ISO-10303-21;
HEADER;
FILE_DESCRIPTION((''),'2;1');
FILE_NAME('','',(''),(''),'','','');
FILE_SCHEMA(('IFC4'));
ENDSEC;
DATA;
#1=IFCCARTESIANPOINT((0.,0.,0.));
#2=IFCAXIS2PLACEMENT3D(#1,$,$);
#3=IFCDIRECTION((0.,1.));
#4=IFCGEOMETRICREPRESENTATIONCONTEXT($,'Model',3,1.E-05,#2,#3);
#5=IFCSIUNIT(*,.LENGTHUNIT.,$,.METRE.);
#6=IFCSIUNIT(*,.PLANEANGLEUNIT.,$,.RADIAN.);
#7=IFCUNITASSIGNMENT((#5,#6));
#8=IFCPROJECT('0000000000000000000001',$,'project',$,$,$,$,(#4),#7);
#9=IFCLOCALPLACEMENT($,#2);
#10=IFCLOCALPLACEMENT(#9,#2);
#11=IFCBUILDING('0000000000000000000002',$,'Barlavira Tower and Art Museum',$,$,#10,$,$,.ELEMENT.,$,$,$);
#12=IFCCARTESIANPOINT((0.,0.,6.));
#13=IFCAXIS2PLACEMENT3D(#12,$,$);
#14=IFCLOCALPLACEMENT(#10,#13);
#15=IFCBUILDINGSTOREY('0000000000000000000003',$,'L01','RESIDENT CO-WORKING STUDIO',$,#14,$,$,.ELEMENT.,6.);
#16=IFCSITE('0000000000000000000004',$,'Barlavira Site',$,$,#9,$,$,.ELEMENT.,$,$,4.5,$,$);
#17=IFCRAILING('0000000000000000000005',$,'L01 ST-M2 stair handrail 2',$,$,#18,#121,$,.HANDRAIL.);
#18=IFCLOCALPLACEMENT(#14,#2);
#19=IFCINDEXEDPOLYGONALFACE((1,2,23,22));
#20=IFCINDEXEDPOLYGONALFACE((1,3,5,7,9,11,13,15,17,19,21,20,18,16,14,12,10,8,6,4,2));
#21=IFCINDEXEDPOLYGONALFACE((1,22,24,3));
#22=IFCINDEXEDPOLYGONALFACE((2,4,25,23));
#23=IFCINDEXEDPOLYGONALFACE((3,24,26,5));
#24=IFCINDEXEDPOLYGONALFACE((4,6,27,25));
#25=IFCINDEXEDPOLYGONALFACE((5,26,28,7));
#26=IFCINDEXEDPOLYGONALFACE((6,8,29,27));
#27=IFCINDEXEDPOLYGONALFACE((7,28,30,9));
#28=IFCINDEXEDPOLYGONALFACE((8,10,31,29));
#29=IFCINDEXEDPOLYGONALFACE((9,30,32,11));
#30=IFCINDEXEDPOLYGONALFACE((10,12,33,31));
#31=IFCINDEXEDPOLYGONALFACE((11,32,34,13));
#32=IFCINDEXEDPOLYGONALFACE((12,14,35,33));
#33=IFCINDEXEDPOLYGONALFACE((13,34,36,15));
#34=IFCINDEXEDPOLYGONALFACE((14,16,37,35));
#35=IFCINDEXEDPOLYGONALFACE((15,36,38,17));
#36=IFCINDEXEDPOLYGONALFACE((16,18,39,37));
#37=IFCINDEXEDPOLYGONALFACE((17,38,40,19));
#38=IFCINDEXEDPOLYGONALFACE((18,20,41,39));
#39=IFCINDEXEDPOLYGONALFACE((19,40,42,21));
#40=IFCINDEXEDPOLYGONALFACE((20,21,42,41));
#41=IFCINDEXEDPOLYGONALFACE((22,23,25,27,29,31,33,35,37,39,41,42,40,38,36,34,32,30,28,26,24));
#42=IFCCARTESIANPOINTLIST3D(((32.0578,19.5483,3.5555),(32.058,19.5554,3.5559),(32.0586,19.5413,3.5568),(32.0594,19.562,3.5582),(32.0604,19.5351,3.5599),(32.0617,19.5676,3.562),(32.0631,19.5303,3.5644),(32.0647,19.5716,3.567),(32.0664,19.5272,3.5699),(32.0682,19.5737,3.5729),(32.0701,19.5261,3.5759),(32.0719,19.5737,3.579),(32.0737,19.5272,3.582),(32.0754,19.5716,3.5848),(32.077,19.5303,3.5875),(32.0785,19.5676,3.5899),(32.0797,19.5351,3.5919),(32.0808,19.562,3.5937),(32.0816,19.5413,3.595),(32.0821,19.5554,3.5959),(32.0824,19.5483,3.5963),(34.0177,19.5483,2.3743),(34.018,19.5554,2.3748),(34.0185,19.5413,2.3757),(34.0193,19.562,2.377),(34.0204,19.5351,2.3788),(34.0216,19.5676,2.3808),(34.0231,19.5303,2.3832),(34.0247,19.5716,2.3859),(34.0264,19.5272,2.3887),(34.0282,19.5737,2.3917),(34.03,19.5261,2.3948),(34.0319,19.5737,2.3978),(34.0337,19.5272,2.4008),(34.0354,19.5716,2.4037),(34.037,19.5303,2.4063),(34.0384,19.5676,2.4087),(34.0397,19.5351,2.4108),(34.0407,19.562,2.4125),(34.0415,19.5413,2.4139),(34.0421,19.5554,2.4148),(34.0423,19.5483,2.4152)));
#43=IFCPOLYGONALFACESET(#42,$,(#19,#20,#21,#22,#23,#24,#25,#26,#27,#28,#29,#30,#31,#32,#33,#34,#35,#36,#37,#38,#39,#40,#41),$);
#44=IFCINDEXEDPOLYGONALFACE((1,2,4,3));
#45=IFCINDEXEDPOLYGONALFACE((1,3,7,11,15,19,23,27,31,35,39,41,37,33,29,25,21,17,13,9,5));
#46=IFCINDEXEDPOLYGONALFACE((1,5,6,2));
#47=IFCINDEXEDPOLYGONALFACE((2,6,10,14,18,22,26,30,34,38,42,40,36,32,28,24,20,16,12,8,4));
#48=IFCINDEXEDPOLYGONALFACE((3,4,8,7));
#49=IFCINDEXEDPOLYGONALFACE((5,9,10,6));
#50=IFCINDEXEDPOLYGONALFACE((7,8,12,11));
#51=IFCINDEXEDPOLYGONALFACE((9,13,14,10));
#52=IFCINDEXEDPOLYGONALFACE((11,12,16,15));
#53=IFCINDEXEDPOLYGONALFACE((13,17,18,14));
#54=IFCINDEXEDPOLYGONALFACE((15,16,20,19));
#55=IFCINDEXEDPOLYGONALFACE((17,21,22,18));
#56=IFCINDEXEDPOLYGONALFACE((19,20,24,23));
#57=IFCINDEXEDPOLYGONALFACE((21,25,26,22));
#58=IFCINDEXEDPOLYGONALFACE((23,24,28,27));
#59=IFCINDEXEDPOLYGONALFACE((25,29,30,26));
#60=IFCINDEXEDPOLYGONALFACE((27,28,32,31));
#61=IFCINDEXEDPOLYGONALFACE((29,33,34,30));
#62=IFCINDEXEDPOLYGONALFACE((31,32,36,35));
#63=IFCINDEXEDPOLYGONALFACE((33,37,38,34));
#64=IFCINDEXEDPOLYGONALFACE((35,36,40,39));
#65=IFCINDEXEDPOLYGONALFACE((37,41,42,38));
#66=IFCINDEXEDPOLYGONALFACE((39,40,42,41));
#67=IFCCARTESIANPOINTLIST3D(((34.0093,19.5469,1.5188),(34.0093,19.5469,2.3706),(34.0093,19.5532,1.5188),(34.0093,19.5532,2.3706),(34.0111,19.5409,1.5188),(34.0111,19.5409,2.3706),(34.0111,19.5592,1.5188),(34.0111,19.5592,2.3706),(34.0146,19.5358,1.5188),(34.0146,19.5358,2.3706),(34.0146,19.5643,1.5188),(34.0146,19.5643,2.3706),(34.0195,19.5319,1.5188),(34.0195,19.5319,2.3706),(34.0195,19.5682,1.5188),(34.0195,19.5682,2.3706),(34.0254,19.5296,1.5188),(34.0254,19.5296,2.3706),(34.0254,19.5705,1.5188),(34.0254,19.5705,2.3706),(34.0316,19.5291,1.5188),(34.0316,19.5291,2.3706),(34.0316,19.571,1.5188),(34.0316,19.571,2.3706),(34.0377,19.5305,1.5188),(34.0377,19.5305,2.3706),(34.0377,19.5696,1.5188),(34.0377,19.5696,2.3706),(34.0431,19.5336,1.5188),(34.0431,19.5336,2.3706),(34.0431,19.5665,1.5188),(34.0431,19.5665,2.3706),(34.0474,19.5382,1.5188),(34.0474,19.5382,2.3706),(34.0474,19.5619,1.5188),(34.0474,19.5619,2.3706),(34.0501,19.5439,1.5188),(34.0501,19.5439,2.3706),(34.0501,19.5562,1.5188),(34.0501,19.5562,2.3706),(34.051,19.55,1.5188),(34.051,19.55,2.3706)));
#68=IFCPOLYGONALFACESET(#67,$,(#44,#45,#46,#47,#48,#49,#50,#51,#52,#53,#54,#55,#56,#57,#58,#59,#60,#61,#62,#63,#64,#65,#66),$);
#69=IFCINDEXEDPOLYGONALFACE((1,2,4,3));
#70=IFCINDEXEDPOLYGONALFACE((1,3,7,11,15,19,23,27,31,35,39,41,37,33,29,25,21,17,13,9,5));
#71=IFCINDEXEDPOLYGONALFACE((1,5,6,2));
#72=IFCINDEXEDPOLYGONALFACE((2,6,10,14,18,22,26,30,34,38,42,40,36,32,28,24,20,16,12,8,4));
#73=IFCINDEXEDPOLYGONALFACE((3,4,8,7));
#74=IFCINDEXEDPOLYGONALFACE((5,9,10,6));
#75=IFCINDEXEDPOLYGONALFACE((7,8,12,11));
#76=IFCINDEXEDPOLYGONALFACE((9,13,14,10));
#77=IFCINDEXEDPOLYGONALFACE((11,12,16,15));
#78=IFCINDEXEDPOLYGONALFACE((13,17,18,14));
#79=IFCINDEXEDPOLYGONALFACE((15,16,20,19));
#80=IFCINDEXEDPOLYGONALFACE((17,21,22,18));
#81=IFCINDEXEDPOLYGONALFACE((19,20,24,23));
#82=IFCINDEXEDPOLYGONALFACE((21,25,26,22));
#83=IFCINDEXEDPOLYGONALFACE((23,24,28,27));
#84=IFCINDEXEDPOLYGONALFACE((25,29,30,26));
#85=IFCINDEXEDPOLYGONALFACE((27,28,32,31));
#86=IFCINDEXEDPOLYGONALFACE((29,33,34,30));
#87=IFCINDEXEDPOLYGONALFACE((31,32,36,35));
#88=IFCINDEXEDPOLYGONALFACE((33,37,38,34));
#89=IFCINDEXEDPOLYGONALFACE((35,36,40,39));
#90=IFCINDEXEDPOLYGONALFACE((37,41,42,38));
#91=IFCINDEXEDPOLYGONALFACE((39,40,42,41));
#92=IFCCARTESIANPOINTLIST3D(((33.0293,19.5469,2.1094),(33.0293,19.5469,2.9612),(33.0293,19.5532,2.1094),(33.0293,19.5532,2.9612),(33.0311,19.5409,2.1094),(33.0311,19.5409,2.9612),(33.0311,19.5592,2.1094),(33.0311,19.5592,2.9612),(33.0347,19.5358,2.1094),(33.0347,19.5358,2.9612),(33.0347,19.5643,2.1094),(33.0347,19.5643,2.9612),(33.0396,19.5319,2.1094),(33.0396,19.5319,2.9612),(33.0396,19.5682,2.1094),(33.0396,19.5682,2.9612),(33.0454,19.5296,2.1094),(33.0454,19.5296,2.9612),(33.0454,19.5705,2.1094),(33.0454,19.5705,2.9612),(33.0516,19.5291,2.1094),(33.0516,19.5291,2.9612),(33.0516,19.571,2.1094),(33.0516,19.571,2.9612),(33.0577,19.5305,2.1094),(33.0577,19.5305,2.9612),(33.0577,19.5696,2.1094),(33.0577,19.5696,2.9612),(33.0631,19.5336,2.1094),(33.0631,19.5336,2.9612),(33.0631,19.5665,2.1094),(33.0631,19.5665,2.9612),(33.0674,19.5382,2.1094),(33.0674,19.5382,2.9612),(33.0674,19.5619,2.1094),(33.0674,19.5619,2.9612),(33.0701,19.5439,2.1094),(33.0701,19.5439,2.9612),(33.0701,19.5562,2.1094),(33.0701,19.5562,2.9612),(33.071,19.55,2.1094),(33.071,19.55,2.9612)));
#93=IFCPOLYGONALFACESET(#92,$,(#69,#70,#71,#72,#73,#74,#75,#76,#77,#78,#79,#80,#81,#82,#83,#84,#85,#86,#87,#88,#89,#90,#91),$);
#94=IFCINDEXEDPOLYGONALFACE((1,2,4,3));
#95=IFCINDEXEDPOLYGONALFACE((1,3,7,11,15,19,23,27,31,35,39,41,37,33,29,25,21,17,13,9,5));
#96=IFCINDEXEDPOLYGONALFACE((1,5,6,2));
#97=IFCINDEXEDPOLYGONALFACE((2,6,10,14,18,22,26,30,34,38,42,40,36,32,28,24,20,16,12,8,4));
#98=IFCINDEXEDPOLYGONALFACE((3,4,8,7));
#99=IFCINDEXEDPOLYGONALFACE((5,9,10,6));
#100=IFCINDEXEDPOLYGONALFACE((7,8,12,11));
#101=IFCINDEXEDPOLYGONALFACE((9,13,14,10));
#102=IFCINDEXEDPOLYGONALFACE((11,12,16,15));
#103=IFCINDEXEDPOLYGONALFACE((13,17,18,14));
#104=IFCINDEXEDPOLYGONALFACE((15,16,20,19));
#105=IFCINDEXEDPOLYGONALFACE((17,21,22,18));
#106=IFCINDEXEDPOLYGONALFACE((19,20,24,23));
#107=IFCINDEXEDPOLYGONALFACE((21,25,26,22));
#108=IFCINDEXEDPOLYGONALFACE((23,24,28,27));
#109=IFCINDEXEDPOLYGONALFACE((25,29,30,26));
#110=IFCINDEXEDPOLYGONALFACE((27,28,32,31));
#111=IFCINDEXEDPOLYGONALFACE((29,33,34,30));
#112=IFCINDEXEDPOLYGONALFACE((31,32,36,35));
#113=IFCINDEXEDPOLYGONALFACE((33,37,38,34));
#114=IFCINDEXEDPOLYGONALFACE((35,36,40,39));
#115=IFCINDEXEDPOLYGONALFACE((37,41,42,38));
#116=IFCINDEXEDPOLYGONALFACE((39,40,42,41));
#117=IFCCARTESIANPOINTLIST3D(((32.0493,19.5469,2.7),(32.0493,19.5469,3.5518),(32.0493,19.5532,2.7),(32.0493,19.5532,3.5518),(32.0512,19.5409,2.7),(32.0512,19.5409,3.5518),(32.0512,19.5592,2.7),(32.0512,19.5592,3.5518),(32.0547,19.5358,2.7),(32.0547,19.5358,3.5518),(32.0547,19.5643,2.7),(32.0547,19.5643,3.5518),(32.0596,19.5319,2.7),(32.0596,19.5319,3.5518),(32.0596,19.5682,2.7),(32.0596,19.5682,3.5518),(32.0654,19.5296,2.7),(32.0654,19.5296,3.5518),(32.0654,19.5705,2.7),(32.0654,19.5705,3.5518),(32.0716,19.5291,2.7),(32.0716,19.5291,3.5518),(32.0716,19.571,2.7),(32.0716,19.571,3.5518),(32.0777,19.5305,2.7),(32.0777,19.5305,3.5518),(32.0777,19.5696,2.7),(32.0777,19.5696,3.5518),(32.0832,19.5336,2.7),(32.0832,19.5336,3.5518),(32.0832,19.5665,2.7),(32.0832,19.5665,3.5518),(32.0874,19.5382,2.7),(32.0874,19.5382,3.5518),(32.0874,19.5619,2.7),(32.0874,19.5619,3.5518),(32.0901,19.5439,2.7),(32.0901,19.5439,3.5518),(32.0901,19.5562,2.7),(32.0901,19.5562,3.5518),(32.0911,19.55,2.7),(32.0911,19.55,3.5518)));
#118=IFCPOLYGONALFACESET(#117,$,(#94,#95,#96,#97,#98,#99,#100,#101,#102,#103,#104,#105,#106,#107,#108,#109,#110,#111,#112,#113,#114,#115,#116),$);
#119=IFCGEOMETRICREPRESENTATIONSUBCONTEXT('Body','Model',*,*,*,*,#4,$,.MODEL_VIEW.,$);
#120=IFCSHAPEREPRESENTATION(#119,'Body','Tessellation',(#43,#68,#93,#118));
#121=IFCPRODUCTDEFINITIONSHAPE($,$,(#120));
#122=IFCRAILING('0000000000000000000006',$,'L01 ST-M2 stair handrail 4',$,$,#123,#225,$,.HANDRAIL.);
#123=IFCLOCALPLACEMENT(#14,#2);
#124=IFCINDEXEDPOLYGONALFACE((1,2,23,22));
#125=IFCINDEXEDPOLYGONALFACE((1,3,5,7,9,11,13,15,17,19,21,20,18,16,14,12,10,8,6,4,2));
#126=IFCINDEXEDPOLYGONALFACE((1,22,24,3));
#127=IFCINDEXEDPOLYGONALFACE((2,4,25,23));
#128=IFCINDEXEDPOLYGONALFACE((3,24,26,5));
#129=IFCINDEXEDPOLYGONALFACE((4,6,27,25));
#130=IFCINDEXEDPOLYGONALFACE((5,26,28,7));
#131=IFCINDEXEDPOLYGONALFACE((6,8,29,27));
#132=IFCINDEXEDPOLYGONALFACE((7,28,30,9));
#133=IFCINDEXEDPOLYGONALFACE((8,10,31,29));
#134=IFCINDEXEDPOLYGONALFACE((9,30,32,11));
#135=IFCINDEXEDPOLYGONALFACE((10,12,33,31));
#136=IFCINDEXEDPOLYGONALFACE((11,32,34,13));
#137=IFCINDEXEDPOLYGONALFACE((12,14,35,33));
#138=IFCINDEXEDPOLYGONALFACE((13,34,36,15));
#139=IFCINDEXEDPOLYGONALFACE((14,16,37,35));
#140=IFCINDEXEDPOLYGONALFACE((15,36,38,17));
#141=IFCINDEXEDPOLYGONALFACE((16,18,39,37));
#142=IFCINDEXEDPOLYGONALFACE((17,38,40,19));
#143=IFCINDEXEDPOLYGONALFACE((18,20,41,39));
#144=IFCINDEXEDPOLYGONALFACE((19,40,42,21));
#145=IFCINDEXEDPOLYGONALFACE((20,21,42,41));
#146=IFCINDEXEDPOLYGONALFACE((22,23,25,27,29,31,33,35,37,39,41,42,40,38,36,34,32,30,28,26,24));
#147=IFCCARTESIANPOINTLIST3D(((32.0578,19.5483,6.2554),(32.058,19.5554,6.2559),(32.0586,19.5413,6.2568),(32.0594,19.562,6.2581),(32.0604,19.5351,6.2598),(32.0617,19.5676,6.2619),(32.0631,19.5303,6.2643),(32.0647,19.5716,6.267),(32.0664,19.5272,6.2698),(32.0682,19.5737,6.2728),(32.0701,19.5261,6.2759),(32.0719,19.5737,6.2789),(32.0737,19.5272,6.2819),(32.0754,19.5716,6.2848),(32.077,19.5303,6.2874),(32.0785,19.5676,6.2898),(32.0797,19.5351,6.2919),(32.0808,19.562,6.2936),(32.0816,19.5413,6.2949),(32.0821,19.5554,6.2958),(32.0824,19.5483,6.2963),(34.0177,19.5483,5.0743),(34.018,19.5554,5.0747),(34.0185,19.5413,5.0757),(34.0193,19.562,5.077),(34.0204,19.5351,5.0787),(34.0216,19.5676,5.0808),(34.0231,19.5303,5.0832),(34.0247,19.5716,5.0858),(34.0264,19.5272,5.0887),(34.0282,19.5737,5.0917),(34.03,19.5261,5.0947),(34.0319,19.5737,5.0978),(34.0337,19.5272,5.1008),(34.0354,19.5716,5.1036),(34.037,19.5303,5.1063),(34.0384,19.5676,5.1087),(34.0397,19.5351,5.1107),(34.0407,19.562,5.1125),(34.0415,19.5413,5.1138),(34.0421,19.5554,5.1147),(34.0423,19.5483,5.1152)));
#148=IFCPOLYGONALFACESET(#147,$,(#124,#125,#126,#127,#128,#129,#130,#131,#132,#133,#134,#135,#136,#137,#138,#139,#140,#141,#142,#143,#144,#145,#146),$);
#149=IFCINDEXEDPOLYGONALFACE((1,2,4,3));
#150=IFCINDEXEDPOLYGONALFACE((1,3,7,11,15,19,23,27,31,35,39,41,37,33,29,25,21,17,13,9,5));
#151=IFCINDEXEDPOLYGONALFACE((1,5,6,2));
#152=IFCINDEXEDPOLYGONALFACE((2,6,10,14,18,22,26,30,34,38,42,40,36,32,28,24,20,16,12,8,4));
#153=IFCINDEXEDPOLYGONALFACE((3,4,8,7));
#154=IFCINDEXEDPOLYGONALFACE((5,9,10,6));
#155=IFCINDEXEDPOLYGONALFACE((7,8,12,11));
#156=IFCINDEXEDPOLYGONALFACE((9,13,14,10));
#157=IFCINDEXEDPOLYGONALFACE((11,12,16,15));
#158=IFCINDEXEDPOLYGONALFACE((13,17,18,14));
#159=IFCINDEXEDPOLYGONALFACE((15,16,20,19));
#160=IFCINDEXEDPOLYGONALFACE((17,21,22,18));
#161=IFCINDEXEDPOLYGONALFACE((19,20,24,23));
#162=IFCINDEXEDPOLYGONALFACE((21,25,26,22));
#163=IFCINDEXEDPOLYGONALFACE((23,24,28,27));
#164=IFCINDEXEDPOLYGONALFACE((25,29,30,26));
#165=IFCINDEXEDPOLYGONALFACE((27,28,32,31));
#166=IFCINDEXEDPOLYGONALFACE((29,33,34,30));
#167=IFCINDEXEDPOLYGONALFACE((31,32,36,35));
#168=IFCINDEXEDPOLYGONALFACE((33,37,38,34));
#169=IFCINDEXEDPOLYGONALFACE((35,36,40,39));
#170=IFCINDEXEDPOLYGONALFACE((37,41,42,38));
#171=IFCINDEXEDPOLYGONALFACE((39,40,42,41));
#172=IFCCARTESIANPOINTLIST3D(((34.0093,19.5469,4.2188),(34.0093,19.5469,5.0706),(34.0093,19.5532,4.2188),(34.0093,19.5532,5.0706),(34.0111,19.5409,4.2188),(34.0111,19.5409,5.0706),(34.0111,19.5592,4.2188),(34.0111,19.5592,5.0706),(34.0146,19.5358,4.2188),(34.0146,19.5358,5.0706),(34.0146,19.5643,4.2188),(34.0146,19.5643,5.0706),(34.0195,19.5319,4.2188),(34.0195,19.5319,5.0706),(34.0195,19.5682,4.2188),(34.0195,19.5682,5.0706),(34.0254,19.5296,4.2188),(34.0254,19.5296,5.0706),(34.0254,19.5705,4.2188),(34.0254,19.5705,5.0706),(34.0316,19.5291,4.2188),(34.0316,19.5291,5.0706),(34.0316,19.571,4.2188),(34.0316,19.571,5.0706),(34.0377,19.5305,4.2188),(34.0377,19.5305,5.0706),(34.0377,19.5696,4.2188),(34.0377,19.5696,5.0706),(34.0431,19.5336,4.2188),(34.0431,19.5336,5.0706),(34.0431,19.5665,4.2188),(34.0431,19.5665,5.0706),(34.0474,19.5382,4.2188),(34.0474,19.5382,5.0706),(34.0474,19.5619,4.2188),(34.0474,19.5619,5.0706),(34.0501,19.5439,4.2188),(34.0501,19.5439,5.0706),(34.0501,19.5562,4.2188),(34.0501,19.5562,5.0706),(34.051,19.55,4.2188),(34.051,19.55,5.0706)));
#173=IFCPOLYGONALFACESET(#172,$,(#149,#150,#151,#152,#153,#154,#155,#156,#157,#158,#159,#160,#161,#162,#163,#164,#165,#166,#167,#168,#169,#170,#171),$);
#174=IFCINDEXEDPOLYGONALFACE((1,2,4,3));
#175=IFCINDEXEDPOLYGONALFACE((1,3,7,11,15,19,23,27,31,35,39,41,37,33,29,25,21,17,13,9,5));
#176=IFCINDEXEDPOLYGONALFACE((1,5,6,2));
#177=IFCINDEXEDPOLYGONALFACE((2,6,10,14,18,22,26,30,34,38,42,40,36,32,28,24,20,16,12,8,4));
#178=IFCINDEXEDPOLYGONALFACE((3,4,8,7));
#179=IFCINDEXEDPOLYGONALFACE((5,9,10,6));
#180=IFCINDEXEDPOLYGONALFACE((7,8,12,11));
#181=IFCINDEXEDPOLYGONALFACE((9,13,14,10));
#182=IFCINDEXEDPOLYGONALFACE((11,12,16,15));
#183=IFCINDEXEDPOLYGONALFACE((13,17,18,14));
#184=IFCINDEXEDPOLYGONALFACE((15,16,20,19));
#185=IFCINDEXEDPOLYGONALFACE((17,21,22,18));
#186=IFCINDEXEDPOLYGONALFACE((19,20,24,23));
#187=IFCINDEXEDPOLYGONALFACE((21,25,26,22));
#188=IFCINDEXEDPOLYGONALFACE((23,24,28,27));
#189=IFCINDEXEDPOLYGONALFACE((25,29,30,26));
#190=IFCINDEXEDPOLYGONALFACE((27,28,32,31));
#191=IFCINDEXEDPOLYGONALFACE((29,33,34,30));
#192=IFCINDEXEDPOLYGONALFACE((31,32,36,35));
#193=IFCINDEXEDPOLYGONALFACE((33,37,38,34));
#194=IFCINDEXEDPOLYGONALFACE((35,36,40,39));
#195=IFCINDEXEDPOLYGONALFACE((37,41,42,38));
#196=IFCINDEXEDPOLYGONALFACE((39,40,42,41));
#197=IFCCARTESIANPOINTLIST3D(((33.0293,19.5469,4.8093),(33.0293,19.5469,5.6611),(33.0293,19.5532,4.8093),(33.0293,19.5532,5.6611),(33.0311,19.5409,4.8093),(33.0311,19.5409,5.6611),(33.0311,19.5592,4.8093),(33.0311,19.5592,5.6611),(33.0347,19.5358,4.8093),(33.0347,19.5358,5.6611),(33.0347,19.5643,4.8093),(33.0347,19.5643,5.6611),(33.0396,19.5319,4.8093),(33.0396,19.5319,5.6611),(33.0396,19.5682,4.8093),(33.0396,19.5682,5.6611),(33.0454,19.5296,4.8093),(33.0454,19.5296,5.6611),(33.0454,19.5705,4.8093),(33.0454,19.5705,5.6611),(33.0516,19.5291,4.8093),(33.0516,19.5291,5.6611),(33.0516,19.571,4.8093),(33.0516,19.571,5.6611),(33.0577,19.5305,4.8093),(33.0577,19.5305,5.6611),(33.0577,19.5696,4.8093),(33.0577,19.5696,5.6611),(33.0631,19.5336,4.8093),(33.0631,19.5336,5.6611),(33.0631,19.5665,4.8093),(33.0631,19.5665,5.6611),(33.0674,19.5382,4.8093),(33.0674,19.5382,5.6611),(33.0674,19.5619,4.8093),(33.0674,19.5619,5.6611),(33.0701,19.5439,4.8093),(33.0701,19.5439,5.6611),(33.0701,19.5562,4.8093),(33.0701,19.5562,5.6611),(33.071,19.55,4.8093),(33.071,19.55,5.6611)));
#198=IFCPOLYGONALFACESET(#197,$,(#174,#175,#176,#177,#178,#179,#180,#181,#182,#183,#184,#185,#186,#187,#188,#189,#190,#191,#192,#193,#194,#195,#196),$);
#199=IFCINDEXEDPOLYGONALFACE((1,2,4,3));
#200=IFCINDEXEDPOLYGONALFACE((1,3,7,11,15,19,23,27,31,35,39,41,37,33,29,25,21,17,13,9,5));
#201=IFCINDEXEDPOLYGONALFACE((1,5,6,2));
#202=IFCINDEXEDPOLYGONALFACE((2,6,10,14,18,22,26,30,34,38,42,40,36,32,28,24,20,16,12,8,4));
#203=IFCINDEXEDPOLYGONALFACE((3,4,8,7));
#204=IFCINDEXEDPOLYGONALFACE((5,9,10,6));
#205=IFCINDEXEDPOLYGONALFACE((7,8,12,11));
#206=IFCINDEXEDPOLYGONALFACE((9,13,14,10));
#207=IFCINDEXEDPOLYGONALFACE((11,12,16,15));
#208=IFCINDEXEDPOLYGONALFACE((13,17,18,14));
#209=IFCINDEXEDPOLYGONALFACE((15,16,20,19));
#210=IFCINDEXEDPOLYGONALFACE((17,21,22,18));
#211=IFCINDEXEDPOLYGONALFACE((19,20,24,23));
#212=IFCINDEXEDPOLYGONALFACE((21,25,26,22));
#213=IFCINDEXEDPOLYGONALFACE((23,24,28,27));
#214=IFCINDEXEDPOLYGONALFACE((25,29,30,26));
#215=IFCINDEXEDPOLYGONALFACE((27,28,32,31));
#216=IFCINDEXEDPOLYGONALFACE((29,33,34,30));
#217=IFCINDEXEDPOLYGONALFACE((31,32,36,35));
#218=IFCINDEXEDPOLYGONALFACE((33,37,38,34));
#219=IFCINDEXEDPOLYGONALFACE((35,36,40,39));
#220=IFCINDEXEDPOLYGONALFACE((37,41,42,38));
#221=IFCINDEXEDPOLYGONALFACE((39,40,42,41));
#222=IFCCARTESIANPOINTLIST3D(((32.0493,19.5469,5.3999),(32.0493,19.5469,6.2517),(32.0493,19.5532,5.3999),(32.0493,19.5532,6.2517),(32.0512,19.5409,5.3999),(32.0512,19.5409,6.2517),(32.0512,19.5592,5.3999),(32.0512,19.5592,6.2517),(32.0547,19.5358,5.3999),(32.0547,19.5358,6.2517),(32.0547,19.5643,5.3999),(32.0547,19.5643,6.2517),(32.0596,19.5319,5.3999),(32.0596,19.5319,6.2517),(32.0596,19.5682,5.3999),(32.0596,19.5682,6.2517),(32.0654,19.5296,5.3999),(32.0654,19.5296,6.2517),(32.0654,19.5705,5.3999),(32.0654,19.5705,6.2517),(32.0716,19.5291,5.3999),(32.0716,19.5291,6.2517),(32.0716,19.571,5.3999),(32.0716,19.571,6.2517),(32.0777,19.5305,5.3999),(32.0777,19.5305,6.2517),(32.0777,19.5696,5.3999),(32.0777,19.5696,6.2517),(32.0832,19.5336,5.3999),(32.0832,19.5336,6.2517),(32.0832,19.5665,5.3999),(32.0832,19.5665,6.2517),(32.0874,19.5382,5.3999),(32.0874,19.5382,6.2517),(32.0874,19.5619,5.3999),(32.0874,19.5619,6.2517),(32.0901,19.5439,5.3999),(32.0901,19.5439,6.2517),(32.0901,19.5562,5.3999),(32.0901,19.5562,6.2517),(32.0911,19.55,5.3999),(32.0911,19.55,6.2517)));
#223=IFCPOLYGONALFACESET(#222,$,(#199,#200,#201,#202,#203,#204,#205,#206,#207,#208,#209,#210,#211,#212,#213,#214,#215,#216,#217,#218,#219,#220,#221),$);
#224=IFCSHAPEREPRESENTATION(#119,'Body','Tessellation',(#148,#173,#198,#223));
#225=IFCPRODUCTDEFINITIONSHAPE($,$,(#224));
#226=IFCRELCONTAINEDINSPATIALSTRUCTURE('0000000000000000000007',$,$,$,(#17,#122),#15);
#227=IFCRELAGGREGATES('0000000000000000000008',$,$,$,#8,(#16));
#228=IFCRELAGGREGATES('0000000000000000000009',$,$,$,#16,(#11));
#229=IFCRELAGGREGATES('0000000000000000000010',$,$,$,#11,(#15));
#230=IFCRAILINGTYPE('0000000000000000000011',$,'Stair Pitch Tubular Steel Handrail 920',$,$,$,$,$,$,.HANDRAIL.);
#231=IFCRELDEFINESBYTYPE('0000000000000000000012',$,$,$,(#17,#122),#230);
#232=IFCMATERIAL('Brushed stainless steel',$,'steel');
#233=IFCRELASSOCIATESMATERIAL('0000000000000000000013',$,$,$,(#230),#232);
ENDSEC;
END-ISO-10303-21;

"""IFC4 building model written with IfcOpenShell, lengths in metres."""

from ifc_helpers import new_model, si_unit, direction, frame, origin, origin_2d, place, context, subcontext, project, spatial, circle, extrude, material, type_object, element, save


model = new_model("IFC4")

# Units and contexts
model_context = context("Model", 3, precision=1e-05, world=origin(), true_north=direction((0.0, 1.0)))
body_context = subcontext(model_context, "Body", "Model", "MODEL_VIEW")
ifc_project = project(units=[si_unit("LENGTHUNIT", "METRE"), si_unit("PLANEANGLEUNIT", "RADIAN")], contexts=[model_context])

# Site, building, storey
site_placement = place(None, origin())
site = spatial("IfcSite", under=ifc_project, at=site_placement, Name="Barlavira Site", CompositionType="ELEMENT", RefElevation=4.5)
building_placement = place(site_placement, origin())
building = spatial("IfcBuilding", under=site, at=building_placement, Name="Barlavira Tower and Art Museum", CompositionType="ELEMENT")
storey_placement = place(building_placement, frame((0.0, 0.0, 6.0)))
storey = spatial("IfcBuildingStorey", under=building, at=storey_placement, Name="L01", Description="RESIDENT CO-WORKING STUDIO", CompositionType="ELEMENT", Elevation=6.0)

# Shared definitions
ifc_material_1 = material(Name="Brushed stainless steel", Category="steel")

# Railings
railing_type_1 = type_object("IfcRailingType", Name="Stair Pitch Tubular Steel Handrail 920", PredefinedType="HANDRAIL", material=ifc_material_1)
for number, where, name in (
    (1, (34.03, 19.55, 1.5188), "L01 ST-M2 stair handrail 2"),
    (2, (34.03, 19.55, 4.2188), "L01 ST-M2 stair handrail 4"),
):
    element("IfcRailing", number, at=place(storey_placement, frame(where)), inside=storey, type_object=railing_type_1, Name=name, PredefinedType="HANDRAIL", context=body_context, shape_type="SweptSolid", body=[
        extrude(circle(Radius=0.0239, at=origin_2d()), frame((0.0, 0.0, 0.876), z_axis=(-0.856493, 0.0, 0.516158), x_axis=(0.0, -1.0, 0.0)), (0.0, 0.0, 1.0), 2.2883),
        extrude(circle(Radius=0.021, at=origin_2d()), origin(), (0.0, 0.0, 1.0), 0.8518),
        extrude(circle(Radius=0.021, at=origin_2d()), frame((-0.98, 0.0, 0.5906)), (0.0, 0.0, 1.0), 0.8518),
        extrude(circle(Radius=0.021, at=origin_2d()), frame((-1.96, 0.0, 1.1812)), (0.0, 0.0, 1.0), 0.8518),
    ])

save(model, "model.ifc")
